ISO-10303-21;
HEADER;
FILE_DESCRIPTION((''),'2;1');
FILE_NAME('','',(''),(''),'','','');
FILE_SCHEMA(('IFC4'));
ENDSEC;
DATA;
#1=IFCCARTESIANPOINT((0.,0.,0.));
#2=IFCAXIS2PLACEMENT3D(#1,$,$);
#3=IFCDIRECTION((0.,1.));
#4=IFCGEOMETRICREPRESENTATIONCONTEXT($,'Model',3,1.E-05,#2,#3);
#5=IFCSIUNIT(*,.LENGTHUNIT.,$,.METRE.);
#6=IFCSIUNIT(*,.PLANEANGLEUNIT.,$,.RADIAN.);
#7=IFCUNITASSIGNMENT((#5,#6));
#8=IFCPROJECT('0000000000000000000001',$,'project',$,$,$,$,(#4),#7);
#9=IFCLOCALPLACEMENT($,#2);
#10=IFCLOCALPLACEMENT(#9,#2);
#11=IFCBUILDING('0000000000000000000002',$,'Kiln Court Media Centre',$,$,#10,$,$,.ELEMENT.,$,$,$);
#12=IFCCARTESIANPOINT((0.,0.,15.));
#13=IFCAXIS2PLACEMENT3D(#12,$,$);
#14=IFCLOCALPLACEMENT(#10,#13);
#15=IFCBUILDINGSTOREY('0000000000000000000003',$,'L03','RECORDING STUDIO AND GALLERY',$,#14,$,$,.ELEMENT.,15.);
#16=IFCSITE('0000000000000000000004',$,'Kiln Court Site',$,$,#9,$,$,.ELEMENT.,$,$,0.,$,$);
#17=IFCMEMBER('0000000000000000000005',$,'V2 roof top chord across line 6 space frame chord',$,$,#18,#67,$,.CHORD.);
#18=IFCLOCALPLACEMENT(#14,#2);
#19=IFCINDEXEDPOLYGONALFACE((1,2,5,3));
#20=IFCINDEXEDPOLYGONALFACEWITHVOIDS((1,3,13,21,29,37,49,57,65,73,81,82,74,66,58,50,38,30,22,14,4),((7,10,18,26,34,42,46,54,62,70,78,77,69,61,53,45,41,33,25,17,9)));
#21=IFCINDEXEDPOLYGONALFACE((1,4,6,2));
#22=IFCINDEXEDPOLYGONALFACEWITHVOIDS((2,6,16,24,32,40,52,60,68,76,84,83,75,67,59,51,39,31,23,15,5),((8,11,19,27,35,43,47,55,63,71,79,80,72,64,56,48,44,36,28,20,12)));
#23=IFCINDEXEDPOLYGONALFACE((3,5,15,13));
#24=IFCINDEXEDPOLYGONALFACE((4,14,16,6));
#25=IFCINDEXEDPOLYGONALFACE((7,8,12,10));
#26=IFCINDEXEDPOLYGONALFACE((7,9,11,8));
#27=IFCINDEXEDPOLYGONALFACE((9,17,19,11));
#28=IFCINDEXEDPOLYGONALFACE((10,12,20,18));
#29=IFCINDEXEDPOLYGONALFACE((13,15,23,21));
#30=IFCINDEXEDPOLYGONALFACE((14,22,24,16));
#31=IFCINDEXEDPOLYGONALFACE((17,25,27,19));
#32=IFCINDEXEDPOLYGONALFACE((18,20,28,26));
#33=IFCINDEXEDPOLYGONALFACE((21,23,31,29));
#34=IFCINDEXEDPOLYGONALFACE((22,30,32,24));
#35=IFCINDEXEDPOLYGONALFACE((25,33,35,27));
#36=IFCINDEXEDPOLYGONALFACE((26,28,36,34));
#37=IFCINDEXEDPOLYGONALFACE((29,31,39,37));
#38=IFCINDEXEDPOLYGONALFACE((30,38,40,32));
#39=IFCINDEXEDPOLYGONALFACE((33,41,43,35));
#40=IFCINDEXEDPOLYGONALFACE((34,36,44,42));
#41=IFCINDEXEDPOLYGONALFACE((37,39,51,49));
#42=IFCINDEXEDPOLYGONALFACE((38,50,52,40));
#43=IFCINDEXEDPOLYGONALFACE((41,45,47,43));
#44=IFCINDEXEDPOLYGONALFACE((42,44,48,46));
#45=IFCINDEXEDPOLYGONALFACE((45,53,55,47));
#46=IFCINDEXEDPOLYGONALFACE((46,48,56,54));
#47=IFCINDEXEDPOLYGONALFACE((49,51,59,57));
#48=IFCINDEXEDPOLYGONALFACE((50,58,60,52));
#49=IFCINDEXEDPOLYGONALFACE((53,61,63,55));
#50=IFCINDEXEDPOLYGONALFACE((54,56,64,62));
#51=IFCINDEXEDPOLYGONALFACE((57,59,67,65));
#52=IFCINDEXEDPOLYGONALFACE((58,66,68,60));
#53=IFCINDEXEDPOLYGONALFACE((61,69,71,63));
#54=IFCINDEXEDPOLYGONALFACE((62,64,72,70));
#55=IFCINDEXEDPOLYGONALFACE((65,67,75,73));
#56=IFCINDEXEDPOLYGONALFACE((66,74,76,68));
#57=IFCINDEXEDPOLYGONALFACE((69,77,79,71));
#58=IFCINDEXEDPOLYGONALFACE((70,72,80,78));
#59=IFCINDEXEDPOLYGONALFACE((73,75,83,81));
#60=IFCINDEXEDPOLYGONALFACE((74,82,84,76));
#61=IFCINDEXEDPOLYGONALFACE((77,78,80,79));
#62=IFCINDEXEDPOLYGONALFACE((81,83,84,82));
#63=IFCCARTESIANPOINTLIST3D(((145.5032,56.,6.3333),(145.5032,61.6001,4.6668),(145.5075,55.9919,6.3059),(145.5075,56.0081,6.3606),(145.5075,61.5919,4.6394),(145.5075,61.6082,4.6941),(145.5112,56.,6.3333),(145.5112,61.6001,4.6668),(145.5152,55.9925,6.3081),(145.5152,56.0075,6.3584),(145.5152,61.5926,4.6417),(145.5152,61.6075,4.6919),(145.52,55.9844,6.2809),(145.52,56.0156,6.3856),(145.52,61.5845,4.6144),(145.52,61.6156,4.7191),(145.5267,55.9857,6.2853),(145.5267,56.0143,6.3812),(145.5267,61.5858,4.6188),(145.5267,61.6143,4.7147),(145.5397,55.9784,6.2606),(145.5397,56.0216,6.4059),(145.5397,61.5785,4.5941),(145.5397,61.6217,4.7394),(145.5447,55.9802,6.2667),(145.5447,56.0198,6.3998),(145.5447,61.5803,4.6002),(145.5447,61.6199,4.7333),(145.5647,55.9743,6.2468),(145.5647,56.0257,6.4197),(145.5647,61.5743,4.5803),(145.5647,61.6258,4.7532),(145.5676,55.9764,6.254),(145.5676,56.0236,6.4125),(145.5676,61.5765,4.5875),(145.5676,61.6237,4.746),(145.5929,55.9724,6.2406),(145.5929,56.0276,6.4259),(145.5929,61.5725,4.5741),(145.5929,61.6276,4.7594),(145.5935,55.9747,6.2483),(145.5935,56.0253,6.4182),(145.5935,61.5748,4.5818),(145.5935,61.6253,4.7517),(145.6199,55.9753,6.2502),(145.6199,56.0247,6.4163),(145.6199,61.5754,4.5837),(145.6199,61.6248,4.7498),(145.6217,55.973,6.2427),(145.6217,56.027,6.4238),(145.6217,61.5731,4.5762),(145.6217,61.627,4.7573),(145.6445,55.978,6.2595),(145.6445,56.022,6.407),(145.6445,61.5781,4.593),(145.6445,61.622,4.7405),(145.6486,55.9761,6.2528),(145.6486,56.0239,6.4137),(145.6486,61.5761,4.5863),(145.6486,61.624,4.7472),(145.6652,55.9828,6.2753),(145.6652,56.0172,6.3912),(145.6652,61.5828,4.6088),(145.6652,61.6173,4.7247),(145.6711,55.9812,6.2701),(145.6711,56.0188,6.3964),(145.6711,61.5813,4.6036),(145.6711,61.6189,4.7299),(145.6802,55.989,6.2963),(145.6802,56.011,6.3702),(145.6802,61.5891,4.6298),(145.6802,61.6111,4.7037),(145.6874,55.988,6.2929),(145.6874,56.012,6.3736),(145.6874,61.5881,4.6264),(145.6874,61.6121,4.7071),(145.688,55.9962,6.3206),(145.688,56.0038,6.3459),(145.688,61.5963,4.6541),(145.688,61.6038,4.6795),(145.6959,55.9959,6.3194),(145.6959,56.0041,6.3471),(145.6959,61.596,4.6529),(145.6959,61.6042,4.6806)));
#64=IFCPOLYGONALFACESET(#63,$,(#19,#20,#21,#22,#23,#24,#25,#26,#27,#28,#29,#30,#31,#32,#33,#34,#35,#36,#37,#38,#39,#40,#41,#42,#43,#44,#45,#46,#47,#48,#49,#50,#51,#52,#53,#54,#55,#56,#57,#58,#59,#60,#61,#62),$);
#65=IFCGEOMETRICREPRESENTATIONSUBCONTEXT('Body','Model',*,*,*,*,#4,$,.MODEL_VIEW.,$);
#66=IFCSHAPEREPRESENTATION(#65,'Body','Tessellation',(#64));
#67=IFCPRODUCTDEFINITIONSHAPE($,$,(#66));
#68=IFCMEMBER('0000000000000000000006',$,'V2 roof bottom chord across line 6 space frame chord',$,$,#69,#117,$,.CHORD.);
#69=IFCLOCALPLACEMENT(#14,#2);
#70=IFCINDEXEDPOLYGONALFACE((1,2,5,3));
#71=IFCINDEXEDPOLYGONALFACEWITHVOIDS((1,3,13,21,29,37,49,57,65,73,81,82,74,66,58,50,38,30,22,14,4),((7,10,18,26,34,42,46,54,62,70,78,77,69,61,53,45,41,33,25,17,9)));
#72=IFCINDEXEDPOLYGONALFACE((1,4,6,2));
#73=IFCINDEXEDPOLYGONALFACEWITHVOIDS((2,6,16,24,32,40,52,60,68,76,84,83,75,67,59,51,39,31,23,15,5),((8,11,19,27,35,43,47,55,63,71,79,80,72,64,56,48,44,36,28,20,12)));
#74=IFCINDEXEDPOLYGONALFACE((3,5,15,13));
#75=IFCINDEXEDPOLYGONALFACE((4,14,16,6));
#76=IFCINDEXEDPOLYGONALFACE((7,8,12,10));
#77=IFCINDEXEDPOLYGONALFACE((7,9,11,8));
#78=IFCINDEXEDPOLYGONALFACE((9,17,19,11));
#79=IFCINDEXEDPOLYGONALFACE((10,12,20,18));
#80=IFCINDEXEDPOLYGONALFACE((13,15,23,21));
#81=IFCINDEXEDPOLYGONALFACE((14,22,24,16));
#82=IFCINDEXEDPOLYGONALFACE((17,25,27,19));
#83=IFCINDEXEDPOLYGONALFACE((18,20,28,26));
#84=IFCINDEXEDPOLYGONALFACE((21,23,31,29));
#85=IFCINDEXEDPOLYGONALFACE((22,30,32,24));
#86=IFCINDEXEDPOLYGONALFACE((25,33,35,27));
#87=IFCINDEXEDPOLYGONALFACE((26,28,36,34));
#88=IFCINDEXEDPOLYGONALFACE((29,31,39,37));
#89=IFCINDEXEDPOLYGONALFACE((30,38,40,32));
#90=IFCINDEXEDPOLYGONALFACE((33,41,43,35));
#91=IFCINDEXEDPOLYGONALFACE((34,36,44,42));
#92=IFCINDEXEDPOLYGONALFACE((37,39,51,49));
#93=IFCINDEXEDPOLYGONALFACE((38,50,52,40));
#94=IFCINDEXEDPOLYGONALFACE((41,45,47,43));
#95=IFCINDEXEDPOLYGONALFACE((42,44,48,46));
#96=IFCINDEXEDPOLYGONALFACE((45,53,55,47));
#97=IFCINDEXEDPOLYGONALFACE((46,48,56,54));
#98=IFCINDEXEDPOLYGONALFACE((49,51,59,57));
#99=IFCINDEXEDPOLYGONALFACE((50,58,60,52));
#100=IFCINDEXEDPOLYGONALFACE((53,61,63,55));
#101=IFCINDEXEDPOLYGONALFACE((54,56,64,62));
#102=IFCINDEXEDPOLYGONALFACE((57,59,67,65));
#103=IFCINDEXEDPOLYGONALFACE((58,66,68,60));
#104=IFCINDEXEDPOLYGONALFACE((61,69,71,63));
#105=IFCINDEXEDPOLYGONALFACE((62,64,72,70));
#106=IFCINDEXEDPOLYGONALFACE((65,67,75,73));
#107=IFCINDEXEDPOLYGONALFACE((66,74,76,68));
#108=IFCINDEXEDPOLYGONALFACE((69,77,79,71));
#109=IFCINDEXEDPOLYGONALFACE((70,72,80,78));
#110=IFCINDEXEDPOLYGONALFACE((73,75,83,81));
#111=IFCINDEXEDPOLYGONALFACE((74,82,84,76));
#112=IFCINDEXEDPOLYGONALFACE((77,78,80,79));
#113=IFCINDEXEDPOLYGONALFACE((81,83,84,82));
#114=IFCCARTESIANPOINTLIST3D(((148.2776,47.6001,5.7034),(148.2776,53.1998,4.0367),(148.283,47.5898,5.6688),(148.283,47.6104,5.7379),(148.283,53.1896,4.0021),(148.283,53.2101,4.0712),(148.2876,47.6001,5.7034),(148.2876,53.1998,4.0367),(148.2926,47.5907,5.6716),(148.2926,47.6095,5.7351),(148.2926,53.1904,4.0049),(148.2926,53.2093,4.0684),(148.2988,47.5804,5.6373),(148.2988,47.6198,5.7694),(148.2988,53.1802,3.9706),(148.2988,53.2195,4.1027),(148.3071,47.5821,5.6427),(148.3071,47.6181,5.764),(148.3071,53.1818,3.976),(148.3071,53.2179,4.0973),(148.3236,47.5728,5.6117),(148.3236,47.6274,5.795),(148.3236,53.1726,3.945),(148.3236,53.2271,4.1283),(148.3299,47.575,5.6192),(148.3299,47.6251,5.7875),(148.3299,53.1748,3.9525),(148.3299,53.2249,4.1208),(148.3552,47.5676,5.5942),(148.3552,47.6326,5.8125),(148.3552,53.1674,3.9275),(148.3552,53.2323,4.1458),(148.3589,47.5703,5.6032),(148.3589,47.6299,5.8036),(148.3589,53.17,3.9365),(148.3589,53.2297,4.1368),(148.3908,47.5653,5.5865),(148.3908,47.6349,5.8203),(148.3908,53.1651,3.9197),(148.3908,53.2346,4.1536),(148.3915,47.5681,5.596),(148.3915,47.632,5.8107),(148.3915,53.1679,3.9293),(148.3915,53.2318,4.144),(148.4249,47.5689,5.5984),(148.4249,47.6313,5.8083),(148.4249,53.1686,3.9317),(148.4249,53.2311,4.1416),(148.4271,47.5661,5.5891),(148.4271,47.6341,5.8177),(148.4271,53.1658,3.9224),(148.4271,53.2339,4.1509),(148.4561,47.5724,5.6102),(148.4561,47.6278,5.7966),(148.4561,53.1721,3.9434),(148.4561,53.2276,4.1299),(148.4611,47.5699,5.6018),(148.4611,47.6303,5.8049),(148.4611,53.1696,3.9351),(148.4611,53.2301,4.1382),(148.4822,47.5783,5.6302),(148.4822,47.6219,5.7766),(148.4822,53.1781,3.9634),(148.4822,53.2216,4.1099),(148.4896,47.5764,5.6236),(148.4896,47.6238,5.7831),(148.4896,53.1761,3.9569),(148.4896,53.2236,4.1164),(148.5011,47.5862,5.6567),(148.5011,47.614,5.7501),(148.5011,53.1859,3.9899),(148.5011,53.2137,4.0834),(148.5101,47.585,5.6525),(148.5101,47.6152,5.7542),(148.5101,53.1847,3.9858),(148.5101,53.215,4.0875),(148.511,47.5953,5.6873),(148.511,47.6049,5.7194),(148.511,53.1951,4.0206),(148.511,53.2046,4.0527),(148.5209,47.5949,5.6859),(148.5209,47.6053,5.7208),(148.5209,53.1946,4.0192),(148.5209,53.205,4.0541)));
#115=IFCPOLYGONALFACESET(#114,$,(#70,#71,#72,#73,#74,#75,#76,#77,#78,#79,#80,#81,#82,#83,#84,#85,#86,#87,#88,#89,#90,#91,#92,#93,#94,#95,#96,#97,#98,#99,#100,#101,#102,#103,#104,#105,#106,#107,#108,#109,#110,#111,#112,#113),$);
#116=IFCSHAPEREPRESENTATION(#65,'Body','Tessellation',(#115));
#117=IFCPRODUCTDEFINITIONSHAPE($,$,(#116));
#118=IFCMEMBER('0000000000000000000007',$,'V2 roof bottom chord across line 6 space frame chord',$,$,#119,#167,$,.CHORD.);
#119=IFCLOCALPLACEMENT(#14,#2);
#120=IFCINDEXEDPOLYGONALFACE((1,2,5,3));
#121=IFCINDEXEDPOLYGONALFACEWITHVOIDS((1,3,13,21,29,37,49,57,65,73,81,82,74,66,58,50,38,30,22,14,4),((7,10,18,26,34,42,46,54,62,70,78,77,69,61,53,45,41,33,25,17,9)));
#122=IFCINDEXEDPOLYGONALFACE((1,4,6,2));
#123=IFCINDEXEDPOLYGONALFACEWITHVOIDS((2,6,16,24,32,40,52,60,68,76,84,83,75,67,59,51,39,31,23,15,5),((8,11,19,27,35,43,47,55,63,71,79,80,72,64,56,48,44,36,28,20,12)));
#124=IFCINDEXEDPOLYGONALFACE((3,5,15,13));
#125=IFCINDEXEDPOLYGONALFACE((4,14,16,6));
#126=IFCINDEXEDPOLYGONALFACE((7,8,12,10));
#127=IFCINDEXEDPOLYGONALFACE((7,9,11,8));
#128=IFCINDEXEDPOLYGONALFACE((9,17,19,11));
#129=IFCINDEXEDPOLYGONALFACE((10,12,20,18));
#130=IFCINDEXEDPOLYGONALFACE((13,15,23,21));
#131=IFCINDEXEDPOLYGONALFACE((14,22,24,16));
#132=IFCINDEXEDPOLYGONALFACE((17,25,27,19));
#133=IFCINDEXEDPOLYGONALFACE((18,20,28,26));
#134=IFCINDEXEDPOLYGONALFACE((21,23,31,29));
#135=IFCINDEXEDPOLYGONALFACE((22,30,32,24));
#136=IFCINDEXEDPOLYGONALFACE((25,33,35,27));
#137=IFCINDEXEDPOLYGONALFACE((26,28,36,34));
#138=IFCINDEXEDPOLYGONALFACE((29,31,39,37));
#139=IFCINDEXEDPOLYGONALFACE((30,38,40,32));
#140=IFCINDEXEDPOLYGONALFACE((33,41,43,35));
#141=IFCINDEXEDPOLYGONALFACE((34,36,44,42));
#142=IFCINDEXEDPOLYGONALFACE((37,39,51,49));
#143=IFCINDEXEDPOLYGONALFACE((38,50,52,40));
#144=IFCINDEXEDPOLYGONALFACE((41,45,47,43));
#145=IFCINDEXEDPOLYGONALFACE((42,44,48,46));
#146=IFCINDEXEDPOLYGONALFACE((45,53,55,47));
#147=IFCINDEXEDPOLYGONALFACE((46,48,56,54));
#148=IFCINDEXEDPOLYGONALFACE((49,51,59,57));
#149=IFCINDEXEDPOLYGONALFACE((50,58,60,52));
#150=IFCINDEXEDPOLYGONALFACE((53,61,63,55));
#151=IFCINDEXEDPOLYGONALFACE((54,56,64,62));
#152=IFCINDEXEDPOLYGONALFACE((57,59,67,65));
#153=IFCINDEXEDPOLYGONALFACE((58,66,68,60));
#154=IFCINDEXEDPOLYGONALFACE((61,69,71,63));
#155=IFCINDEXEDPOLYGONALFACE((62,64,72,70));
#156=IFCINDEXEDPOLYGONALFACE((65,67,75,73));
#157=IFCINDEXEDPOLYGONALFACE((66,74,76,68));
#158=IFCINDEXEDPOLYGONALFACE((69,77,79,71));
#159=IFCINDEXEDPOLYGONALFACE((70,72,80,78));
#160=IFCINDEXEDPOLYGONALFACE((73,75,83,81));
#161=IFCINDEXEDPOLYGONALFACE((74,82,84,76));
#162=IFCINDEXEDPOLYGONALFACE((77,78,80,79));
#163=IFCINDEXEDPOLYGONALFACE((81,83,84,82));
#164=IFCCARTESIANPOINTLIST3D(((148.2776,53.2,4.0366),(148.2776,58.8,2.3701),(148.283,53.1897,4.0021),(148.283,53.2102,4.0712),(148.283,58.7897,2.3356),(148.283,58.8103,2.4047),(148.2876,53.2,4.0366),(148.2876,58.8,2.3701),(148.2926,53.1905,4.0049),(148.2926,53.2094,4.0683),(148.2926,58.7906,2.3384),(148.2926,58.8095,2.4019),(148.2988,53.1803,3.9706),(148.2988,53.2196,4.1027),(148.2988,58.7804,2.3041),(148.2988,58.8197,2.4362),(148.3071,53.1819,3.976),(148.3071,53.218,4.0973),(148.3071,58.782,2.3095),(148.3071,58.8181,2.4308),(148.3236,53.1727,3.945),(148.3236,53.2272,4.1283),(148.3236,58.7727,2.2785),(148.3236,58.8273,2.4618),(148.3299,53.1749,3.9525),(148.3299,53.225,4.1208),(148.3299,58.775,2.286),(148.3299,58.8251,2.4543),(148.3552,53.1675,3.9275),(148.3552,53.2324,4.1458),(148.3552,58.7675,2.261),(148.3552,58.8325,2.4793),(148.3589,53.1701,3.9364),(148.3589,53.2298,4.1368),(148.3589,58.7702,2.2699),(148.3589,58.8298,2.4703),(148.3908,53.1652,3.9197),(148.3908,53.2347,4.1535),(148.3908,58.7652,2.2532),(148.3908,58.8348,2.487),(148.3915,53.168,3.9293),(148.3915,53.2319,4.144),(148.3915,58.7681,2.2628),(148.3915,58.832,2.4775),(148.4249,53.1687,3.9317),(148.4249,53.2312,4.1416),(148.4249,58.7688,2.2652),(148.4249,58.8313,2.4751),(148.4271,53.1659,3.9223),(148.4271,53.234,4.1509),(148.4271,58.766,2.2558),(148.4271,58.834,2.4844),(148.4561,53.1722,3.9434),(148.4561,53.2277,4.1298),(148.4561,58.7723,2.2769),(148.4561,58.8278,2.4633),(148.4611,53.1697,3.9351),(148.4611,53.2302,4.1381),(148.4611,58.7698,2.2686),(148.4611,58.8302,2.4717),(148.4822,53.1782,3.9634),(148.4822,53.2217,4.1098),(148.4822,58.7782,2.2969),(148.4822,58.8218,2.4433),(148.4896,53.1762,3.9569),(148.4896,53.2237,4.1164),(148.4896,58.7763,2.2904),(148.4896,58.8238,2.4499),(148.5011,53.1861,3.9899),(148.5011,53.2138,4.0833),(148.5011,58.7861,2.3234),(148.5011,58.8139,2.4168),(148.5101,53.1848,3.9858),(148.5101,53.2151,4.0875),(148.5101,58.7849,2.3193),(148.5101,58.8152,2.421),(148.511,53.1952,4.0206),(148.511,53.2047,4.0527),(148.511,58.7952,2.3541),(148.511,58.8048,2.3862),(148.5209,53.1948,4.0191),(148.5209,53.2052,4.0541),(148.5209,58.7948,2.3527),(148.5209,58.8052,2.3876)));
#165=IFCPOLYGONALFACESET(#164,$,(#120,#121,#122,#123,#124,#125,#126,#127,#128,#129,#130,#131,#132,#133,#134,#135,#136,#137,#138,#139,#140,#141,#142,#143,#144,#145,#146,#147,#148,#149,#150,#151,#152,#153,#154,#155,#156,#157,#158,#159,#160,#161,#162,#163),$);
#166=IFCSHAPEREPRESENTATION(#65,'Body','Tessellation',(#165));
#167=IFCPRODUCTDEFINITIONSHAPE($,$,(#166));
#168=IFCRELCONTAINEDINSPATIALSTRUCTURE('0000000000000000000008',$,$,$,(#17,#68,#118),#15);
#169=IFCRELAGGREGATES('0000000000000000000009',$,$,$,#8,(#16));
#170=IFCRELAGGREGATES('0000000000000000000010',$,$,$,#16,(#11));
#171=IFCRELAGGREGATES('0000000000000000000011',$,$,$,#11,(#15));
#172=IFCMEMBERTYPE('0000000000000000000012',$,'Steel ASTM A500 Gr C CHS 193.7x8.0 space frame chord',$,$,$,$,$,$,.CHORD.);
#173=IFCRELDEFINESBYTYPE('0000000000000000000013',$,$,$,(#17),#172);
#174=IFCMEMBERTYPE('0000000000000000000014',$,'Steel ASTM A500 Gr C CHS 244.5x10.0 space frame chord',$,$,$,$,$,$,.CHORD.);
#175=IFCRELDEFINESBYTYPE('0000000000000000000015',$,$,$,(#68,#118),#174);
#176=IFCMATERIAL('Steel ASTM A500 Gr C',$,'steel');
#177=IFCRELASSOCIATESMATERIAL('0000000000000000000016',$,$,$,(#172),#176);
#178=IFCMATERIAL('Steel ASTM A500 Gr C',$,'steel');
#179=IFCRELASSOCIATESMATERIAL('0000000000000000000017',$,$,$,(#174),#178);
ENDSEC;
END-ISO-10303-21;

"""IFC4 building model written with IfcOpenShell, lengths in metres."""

from ifc_helpers import new_model, si_unit, direction, frame, origin, origin_2d, place, context, subcontext, project, spatial, hollow_circle, extrude, material, material_profile, profile_set, type_object, element, save


model = new_model("IFC4")

# Units and contexts
model_context = context("Model", 3, precision=1e-05, world=origin(), true_north=direction((0.0, 1.0)))
body_context = subcontext(model_context, "Body", "Model", "MODEL_VIEW")
ifc_project = project(units=[si_unit("LENGTHUNIT", "METRE"), si_unit("PLANEANGLEUNIT", "RADIAN")], contexts=[model_context])

# Site, building, storey
site_placement = place(None, origin())
site = spatial("IfcSite", under=ifc_project, at=site_placement, Name="Kiln Court Site", CompositionType="ELEMENT", RefElevation=0.0)
building_placement = place(site_placement, origin())
building = spatial("IfcBuilding", under=site, at=building_placement, Name="Kiln Court Media Centre", CompositionType="ELEMENT")
storey_placement = place(building_placement, frame((0.0, 0.0, 15.0)))
storey = spatial("IfcBuildingStorey", under=building, at=storey_placement, Name="L03", Description="RECORDING STUDIO AND GALLERY", CompositionType="ELEMENT", Elevation=15.0)

# Members
ifc_material_1 = material(Name="Steel ASTM A500 Gr C", Category="steel")
ifc_material_profile_1 = material_profile(ifc_material_1, hollow_circle(Radius=0.0969, WallThickness=0.0081, at=origin_2d()), Name="CHS 193.7x8.0")
ifc_profile_set_1 = profile_set([ifc_material_profile_1], Name="Steel ASTM A500 Gr C")
member_type_1 = type_object("IfcMemberType", Name="Steel ASTM A500 Gr C CHS 193.7x8.0 space frame chord", PredefinedType="CHORD", material=ifc_profile_set_1)
member_1_placement = place(storey_placement, frame((145.6001, 56.0, 6.3333), z_axis=(0.0, 0.958461, -0.285223), x_axis=(-1.0, 0.0, 0.0)))
element("IfcMember", 1, at=member_1_placement, inside=storey, type_object=member_type_1, Name="V2 roof top chord across line 6 space frame chord", PredefinedType="CHORD", context=body_context, shape_type="SweptSolid", body=[
    extrude(hollow_circle(Radius=0.0969, WallThickness=0.0081, at=origin_2d()), origin(), (0.0, 0.0, 1.0), 5.8428),
])
ifc_material_2 = material(Name="Steel ASTM A500 Gr C", Category="steel")
ifc_material_profile_2 = material_profile(ifc_material_2, hollow_circle(Radius=0.1223, WallThickness=0.01, at=origin_2d()), Name="CHS 244.5x10.0")
ifc_profile_set_2 = profile_set([ifc_material_profile_2], Name="Steel ASTM A500 Gr C")
member_type_2 = type_object("IfcMemberType", Name="Steel ASTM A500 Gr C CHS 244.5x10.0 space frame chord", PredefinedType="CHORD", material=ifc_profile_set_2)
member_2_placement = place(storey_placement, frame((148.3999, 47.6001, 5.7034), z_axis=(0.0, 0.958446, -0.285273), x_axis=(-1.0, 0.0, 0.0)))
element("IfcMember", 2, at=member_2_placement, inside=storey, type_object=member_type_2, Name="V2 roof bottom chord across line 6 space frame chord", PredefinedType="CHORD", context=body_context, shape_type="SweptSolid", body=[
    extrude(hollow_circle(Radius=0.1223, WallThickness=0.01, at=origin_2d()), origin(), (0.0, 0.0, 1.0), 5.8425),
])
member_3_placement = place(storey_placement, frame((148.3999, 53.2, 4.0366), z_axis=(0.0, 0.958461, -0.285223), x_axis=(-1.0, 0.0, 0.0)))
element("IfcMember", 3, at=member_3_placement, inside=storey, type_object=member_type_2, Name="V2 roof bottom chord across line 6 space frame chord", PredefinedType="CHORD", context=body_context, shape_type="SweptSolid", body=[
    extrude(hollow_circle(Radius=0.1223, WallThickness=0.01, at=origin_2d()), origin(), (0.0, 0.0, 1.0), 5.8428),
])

save(model, "model.ifc")
